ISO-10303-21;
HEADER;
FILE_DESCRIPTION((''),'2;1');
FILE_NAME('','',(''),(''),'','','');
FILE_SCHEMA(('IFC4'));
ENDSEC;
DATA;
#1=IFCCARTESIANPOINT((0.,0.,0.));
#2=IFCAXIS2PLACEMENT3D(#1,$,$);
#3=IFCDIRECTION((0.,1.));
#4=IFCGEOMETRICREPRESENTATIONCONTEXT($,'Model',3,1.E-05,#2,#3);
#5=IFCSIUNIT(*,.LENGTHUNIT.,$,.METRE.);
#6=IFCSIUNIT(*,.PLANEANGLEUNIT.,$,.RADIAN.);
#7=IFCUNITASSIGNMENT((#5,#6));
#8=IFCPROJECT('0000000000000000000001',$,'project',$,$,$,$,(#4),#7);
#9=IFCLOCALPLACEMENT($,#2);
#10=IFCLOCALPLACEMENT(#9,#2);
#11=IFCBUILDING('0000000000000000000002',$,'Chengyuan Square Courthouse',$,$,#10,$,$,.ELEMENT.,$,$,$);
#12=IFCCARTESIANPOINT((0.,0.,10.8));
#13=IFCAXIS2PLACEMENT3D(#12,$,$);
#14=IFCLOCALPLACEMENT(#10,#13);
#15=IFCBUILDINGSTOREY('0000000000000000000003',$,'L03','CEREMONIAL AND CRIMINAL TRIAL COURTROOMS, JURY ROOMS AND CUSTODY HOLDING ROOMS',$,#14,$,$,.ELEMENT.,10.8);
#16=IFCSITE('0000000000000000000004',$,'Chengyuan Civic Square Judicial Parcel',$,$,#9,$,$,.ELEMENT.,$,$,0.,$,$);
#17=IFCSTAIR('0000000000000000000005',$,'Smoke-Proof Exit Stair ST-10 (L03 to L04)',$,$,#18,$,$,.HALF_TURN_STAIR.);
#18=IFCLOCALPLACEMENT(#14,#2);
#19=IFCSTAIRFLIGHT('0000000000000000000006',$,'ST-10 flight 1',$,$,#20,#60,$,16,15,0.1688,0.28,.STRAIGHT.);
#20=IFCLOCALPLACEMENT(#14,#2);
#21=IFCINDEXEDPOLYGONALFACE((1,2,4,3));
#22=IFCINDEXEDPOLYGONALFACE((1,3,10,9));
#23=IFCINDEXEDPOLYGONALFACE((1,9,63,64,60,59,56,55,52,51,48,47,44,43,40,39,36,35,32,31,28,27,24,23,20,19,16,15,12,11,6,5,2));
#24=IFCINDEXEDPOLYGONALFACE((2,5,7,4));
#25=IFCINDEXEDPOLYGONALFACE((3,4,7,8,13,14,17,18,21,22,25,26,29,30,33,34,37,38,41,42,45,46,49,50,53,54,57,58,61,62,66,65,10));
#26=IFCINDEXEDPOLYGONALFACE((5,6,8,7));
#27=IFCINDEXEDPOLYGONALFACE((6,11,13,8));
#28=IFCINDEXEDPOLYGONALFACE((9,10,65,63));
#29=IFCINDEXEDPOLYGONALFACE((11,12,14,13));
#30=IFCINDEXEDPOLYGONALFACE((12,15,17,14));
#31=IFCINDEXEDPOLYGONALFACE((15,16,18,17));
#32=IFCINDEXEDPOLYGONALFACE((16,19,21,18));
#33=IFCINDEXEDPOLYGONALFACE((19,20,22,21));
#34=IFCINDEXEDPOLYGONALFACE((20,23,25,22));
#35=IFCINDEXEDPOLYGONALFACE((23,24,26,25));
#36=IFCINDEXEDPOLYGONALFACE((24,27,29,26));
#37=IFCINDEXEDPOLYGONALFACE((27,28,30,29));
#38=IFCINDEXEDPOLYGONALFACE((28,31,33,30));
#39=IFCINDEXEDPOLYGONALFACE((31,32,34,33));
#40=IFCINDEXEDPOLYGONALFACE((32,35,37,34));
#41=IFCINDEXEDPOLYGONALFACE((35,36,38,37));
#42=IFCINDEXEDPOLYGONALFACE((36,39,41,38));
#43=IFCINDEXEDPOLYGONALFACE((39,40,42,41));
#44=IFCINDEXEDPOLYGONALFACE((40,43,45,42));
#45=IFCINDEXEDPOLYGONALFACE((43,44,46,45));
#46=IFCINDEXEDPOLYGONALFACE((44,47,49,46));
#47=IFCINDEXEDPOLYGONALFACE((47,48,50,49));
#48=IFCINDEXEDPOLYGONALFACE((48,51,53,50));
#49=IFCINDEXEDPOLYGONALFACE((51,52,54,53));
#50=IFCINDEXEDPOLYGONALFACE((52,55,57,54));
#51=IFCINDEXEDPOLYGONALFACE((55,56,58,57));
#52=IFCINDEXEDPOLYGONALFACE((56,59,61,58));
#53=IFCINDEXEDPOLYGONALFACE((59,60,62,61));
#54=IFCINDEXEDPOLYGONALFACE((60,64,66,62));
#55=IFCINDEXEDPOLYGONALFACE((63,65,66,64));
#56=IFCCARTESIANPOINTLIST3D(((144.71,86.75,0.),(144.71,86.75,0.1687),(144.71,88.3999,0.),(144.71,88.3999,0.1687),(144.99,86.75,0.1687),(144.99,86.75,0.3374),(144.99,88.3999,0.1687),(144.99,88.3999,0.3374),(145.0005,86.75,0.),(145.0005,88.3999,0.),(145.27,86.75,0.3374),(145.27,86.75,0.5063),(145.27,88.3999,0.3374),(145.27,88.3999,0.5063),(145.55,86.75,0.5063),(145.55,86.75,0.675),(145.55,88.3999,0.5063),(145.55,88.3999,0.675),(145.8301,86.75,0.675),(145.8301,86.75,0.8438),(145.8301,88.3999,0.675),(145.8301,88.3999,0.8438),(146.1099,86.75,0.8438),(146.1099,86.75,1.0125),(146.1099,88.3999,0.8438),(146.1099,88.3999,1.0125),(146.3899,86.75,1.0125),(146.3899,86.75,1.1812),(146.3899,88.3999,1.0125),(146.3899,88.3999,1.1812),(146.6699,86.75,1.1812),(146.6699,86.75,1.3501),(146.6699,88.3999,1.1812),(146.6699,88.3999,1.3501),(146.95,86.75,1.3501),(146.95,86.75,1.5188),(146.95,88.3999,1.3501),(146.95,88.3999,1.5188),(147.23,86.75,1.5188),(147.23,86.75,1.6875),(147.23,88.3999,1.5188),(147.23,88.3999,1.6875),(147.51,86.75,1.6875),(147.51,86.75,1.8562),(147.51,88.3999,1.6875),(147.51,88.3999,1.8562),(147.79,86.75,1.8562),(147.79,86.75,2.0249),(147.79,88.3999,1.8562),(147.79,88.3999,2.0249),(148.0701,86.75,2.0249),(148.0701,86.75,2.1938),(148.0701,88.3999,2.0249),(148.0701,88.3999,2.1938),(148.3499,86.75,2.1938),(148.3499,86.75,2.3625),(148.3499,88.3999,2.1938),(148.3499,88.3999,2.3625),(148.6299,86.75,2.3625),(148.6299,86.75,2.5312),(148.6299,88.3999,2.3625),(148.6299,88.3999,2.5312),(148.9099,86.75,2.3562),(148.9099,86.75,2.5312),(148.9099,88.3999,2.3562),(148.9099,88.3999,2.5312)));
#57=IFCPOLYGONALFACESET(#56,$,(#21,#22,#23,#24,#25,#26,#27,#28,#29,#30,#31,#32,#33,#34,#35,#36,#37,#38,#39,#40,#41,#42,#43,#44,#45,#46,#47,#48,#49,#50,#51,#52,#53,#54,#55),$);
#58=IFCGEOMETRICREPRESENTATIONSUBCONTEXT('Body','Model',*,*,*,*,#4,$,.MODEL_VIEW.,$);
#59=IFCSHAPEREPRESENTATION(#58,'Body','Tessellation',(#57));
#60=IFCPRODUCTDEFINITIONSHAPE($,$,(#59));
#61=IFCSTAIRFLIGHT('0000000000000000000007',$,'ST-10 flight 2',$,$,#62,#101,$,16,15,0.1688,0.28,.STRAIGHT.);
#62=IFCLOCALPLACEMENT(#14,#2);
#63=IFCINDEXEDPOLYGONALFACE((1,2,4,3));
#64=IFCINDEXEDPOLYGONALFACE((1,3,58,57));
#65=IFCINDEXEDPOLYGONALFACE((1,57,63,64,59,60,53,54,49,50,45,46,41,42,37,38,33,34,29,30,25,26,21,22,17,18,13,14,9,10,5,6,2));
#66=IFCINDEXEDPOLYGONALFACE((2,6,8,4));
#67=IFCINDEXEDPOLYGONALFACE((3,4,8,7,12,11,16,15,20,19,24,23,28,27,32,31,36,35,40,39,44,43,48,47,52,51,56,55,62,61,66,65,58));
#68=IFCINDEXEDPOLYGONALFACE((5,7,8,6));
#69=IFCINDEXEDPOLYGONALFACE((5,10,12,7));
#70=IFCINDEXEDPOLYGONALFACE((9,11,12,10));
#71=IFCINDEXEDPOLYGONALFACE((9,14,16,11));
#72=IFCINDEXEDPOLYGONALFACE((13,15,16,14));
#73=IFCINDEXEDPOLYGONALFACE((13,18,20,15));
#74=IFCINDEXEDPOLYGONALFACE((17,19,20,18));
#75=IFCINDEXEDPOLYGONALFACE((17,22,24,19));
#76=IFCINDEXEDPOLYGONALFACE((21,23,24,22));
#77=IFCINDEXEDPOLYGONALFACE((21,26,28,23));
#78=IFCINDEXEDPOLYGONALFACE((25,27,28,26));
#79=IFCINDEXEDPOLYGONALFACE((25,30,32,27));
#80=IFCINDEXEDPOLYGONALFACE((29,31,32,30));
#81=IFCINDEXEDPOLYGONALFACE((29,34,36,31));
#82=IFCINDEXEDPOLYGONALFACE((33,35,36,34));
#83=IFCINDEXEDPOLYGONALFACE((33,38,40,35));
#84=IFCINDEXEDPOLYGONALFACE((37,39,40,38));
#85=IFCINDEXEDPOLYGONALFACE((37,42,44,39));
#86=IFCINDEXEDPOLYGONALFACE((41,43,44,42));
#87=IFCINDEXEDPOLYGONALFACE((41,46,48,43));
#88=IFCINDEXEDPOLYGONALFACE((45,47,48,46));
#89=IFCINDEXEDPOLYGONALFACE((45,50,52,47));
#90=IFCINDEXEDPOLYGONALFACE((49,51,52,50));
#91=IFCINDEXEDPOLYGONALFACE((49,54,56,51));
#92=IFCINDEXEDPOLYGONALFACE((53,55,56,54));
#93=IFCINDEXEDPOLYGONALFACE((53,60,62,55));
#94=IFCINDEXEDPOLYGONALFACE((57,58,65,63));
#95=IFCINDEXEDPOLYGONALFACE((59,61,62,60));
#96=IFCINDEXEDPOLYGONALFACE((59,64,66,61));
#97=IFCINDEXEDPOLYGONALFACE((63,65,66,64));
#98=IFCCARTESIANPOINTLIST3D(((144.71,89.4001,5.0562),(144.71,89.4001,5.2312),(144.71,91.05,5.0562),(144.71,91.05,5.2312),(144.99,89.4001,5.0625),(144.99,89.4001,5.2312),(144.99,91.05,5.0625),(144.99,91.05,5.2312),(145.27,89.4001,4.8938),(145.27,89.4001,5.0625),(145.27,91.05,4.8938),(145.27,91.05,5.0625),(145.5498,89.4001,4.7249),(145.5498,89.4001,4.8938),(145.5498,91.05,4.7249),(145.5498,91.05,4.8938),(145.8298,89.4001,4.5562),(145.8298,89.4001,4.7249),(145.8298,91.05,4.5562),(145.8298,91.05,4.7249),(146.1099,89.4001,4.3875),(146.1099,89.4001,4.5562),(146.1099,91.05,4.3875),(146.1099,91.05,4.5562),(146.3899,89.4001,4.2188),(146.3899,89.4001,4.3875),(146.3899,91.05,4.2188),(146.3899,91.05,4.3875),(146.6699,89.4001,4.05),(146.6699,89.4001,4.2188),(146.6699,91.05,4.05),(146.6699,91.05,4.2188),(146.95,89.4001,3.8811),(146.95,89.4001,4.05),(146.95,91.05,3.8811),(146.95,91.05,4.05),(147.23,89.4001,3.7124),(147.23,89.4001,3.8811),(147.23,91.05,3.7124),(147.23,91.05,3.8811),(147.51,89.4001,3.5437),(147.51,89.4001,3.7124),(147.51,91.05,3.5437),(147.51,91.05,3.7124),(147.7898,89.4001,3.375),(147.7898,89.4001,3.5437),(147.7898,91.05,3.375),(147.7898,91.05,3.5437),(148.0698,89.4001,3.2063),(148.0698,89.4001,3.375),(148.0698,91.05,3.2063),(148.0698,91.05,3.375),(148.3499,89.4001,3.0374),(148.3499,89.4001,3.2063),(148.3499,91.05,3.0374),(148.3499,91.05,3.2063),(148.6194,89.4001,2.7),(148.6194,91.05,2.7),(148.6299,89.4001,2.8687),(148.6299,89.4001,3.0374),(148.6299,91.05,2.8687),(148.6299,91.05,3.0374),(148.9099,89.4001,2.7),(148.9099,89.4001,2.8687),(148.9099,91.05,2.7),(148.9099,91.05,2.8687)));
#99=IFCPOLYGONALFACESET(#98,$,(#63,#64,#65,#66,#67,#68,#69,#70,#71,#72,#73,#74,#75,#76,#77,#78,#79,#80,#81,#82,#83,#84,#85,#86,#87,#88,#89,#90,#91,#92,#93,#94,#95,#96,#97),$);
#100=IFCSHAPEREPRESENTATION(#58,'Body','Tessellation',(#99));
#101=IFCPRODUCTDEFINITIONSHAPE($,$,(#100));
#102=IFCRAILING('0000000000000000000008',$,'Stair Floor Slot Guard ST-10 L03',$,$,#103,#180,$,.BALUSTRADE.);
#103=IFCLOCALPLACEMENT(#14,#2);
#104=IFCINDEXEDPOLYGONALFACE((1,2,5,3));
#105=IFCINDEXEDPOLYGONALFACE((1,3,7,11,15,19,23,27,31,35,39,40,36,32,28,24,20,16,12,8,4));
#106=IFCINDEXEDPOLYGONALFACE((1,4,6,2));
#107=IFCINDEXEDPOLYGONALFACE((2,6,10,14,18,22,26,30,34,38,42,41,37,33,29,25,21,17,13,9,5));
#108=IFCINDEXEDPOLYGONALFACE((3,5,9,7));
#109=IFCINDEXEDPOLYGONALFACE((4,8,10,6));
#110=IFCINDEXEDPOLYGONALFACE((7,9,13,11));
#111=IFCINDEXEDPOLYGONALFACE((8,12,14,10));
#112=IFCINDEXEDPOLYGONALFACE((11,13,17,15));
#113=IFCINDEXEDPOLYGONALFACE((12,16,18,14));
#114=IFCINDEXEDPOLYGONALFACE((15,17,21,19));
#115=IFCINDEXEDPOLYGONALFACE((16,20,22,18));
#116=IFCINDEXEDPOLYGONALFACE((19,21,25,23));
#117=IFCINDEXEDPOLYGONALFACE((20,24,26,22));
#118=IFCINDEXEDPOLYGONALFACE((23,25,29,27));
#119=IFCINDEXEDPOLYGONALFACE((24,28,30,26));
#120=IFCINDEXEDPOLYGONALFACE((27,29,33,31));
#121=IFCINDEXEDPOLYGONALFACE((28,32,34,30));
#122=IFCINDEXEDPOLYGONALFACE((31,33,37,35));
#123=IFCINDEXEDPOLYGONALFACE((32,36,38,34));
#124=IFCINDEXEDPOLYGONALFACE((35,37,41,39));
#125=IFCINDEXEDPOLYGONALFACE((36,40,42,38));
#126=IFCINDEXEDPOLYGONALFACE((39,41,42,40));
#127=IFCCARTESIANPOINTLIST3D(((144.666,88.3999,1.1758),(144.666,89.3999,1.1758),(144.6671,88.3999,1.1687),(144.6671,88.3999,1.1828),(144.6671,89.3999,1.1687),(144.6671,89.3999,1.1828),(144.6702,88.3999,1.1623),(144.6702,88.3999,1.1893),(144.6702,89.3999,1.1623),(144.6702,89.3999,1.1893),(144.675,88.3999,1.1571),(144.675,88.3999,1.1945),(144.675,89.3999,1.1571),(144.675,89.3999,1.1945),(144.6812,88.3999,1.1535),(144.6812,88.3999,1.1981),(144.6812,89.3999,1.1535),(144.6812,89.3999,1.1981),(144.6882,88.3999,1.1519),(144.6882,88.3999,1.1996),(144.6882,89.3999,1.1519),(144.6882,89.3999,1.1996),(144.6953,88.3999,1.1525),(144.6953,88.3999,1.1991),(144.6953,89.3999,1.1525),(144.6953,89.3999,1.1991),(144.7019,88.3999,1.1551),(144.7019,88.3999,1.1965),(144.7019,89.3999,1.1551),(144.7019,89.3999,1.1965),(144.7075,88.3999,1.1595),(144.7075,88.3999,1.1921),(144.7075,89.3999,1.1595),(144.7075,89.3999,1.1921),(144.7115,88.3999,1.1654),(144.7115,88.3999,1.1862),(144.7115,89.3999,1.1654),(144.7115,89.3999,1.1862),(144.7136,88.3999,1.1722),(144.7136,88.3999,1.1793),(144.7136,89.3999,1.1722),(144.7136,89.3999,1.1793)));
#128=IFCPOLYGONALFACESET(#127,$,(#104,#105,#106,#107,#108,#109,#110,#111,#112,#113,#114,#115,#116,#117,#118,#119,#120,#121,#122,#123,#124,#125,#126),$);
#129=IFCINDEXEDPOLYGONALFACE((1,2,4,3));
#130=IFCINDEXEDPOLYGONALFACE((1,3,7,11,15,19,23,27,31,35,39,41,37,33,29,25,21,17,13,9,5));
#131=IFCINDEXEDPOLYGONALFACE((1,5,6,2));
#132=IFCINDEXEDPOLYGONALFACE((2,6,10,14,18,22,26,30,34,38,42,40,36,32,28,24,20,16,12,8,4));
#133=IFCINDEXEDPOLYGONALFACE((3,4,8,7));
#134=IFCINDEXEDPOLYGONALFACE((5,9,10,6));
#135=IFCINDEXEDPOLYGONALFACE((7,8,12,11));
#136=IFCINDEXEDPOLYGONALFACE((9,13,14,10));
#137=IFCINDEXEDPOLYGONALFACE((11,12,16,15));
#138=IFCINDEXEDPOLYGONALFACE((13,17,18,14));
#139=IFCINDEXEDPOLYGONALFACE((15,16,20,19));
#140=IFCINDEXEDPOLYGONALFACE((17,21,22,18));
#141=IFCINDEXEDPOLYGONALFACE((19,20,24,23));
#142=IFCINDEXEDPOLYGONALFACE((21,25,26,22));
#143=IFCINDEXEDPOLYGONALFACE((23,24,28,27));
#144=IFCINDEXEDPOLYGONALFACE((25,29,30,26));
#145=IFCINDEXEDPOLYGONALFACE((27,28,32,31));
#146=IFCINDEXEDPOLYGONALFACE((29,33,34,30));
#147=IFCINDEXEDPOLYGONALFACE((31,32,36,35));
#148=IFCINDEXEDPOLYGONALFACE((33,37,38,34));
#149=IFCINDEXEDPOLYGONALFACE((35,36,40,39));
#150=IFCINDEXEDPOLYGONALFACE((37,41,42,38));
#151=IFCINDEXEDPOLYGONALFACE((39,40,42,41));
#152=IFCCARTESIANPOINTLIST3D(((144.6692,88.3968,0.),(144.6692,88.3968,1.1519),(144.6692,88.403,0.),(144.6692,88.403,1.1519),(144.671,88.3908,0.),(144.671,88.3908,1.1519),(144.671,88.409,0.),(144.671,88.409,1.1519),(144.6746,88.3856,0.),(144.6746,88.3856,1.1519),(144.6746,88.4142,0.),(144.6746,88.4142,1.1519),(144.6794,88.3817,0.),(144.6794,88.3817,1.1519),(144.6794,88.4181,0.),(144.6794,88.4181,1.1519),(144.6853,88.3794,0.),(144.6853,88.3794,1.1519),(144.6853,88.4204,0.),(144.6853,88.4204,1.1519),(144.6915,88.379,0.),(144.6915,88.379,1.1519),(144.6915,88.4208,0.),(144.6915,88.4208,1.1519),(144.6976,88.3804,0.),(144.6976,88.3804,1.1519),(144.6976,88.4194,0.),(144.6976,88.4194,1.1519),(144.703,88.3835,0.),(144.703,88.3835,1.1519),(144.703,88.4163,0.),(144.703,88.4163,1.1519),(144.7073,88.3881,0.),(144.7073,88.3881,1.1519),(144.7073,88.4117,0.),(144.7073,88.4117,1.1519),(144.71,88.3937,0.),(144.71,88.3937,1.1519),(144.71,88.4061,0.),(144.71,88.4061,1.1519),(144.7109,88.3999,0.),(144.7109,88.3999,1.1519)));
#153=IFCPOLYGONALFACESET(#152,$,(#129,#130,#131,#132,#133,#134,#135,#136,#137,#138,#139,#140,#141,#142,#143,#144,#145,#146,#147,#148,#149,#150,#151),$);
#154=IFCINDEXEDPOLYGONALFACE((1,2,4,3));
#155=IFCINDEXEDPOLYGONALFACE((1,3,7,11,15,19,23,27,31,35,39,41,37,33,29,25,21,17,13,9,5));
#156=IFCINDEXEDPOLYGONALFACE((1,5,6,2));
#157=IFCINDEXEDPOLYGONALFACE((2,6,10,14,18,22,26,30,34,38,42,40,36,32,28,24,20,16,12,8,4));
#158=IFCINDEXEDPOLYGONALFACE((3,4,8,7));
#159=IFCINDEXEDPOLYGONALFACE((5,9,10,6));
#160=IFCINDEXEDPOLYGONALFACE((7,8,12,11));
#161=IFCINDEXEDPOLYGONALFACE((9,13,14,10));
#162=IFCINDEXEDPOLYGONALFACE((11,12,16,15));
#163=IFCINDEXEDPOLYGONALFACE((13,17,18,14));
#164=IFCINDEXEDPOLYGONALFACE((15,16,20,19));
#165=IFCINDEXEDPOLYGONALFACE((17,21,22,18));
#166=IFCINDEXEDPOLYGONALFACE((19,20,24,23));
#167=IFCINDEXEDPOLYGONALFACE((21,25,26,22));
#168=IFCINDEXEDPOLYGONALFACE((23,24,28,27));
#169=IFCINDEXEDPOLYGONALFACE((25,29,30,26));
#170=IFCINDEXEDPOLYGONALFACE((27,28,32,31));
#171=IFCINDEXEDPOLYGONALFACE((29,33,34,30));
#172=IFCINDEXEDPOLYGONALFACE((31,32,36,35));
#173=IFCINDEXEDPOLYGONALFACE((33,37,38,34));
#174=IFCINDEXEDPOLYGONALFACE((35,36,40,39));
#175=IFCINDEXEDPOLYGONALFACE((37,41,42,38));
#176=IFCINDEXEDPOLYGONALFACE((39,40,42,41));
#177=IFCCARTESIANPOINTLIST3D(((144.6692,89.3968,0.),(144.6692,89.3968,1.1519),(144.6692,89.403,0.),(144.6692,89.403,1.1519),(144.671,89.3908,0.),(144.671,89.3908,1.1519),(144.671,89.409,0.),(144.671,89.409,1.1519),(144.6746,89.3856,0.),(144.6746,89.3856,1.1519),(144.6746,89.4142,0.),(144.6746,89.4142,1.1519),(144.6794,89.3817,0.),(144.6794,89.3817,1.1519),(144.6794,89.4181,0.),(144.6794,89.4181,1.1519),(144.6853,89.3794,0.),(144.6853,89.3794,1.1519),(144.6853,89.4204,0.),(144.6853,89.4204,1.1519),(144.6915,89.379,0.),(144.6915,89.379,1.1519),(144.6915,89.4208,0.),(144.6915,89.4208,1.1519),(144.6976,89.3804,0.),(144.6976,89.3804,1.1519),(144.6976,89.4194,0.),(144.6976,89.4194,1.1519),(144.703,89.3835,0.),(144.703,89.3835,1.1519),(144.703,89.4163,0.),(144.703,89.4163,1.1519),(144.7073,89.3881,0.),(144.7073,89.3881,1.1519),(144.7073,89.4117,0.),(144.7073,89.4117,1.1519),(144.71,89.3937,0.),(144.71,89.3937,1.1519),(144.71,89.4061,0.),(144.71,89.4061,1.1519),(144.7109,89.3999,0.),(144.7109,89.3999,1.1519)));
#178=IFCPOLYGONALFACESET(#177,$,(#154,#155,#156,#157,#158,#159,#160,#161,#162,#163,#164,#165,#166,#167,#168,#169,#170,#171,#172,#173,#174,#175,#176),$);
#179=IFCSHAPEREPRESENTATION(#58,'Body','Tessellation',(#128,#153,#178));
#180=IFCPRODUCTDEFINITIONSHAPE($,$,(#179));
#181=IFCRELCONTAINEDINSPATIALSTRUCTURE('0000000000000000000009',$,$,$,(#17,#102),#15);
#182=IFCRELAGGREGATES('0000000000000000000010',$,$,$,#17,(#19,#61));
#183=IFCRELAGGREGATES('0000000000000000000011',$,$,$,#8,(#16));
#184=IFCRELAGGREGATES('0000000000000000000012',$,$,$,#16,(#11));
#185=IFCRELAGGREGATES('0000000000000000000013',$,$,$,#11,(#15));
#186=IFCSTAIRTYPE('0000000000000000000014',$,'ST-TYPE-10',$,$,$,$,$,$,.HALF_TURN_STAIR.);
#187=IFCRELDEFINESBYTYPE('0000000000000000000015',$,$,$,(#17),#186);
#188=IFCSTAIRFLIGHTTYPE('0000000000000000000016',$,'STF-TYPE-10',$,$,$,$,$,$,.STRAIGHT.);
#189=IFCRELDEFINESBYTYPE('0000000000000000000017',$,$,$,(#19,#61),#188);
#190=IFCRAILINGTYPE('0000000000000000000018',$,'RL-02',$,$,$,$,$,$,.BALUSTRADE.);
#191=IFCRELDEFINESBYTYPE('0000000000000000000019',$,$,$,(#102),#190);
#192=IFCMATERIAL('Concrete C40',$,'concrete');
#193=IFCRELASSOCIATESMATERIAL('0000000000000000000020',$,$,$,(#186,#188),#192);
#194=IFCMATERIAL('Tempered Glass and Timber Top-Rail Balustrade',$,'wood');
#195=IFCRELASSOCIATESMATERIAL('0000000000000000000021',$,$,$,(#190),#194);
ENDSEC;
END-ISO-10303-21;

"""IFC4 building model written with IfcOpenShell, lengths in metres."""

from ifc_helpers import new_model, si_unit, direction, frame, origin, origin_2d, place, context, subcontext, project, spatial, polyline, circle, outline, extrude, material, type_object, element, aggregate, save


model = new_model("IFC4")

# Units and contexts
model_context = context("Model", 3, precision=1e-05, world=origin(), true_north=direction((0.0, 1.0)))
body_context = subcontext(model_context, "Body", "Model", "MODEL_VIEW")
ifc_project = project(units=[si_unit("LENGTHUNIT", "METRE"), si_unit("PLANEANGLEUNIT", "RADIAN")], contexts=[model_context])

# Site, building, storey
site_placement = place(None, origin())
site = spatial("IfcSite", under=ifc_project, at=site_placement, Name="Chengyuan Civic Square Judicial Parcel", CompositionType="ELEMENT", RefElevation=0.0)
building_placement = place(site_placement, origin())
building = spatial("IfcBuilding", under=site, at=building_placement, Name="Chengyuan Square Courthouse", CompositionType="ELEMENT")
storey_placement = place(building_placement, frame((0.0, 0.0, 10.8)))
storey = spatial("IfcBuildingStorey", under=building, at=storey_placement, Name="L03", Description="CEREMONIAL AND CRIMINAL TRIAL COURTROOMS, JURY ROOMS AND CUSTODY HOLDING ROOMS", CompositionType="ELEMENT", Elevation=10.8)

# Shared definitions
ifc_material_1 = material(Name="Concrete C40", Category="concrete")

# Stair, stair flights
stair_type = type_object("IfcStairType", Name="ST-TYPE-10", PredefinedType="HALF_TURN_STAIR", material=ifc_material_1)
stair_placement = place(storey_placement, origin())
stair = element("IfcStair", 1, at=stair_placement, inside=storey, type_object=stair_type, Name="Smoke-Proof Exit Stair ST-10 (L03 to L04)", PredefinedType="HALF_TURN_STAIR")
stair_flight_type = type_object("IfcStairFlightType", Name="STF-TYPE-10", PredefinedType="STRAIGHT", material=ifc_material_1)
stair_flight_1_placement = place(storey_placement, frame((144.71, 87.575, 0.0), z_axis=(0.0, 0.0, 1.0), x_axis=(1.0, 0.0, 0.0)))
stair_flight_1 = element("IfcStairFlight", 2, at=stair_flight_1_placement, type_object=stair_flight_type, Name="ST-10 flight 1", NumberOfRisers=16, NumberOfTreads=15, PredefinedType="STRAIGHT", RiserHeight=0.1688, TreadLength=0.28, context=body_context, shape_type="SweptSolid", body=[
    extrude(outline(polyline([(0.0, 0.0), (0.0, 0.1687), (0.28, 0.1687), (0.28, 0.3374), (0.5601, 0.3374), (0.5601, 0.5063), (0.8401, 0.5063), (0.8401, 0.675), (1.1201, 0.675), (1.1201, 0.8438), (1.3999, 0.8438), (1.3999, 1.0125), (1.6799, 1.0125), (1.6799, 1.1812), (1.96, 1.1812), (1.96, 1.3501), (2.24, 1.3501), (2.24, 1.5188), (2.52, 1.5188), (2.52, 1.6875), (2.8, 1.6875), (2.8, 1.8562), (3.0801, 1.8562), (3.0801, 2.0249), (3.3601, 2.0249), (3.3601, 2.1938), (3.6399, 2.1938), (3.6399, 2.3625), (3.9199, 2.3625), (3.9199, 2.5312), (4.2, 2.5312), (4.2, 2.7), (4.2, 2.3562), (0.2905, 0.0), (0.0, 0.0)])), frame((0.0, 0.825, 0.0), z_axis=(0.0, -1.0, 0.0), x_axis=(1.0, 0.0, 0.0)), (0.0, 0.0, 1.0), 1.6499),
])
stair_flight_2_placement = place(storey_placement, frame((148.9099, 90.2251, 2.7), z_axis=(0.0, 0.0, 1.0), x_axis=(-1.0, 0.0, 0.0)))
stair_flight_2 = element("IfcStairFlight", 3, at=stair_flight_2_placement, type_object=stair_flight_type, Name="ST-10 flight 2", NumberOfRisers=16, NumberOfTreads=15, PredefinedType="STRAIGHT", RiserHeight=0.1688, TreadLength=0.28, context=body_context, shape_type="SweptSolid", body=[
    extrude(outline(polyline([(0.0, 0.0), (0.0, 0.1687), (0.28, 0.1687), (0.28, 0.3374), (0.5601, 0.3374), (0.5601, 0.5063), (0.8401, 0.5063), (0.8401, 0.675), (1.1201, 0.675), (1.1201, 0.8438), (1.3999, 0.8438), (1.3999, 1.0125), (1.6799, 1.0125), (1.6799, 1.1812), (1.96, 1.1812), (1.96, 1.3501), (2.24, 1.3501), (2.24, 1.5188), (2.52, 1.5188), (2.52, 1.6875), (2.8, 1.6875), (2.8, 1.8562), (3.0801, 1.8562), (3.0801, 2.0249), (3.3601, 2.0249), (3.3601, 2.1938), (3.6399, 2.1938), (3.6399, 2.3625), (3.9199, 2.3625), (3.9199, 2.5312), (4.2, 2.5312), (4.2, 2.7), (4.2, 2.3562), (0.2905, 0.0), (0.0, 0.0)])), frame((0.0, 0.825, 0.0), z_axis=(0.0, -1.0, 0.0), x_axis=(1.0, 0.0, 0.0)), (0.0, 0.0, 1.0), 1.6499),
])
aggregate(stair, [stair_flight_1, stair_flight_2])

# Railing
ifc_material_2 = material(Name="Tempered Glass and Timber Top-Rail Balustrade", Category="wood")
railing_type_1 = type_object("IfcRailingType", Name="RL-02", PredefinedType="BALUSTRADE", material=ifc_material_2)
for number, where, name in (
    (4, (144.6899, 88.3999, 0.0), "Stair Floor Slot Guard ST-10 L03"),
):
    element("IfcRailing", number, at=place(storey_placement, frame(where)), inside=storey, type_object=railing_type_1, Name=name, PredefinedType="BALUSTRADE", context=body_context, shape_type="SweptSolid", body=[
        extrude(circle(Radius=0.0239, at=origin_2d()), frame((0.0, 0.0, 1.1758), z_axis=(0.0, 1.0, 0.0), x_axis=(-1.0, 0.0, 0.0)), (0.0, 0.0, 1.0), 1.0),
        extrude(circle(Radius=0.021, at=origin_2d()), origin(), (0.0, 0.0, 1.0), 1.1519),
        extrude(circle(Radius=0.021, at=origin_2d()), frame((0.0, 1.0, 0.0)), (0.0, 0.0, 1.0), 1.1519),
    ])

save(model, "model.ifc")
